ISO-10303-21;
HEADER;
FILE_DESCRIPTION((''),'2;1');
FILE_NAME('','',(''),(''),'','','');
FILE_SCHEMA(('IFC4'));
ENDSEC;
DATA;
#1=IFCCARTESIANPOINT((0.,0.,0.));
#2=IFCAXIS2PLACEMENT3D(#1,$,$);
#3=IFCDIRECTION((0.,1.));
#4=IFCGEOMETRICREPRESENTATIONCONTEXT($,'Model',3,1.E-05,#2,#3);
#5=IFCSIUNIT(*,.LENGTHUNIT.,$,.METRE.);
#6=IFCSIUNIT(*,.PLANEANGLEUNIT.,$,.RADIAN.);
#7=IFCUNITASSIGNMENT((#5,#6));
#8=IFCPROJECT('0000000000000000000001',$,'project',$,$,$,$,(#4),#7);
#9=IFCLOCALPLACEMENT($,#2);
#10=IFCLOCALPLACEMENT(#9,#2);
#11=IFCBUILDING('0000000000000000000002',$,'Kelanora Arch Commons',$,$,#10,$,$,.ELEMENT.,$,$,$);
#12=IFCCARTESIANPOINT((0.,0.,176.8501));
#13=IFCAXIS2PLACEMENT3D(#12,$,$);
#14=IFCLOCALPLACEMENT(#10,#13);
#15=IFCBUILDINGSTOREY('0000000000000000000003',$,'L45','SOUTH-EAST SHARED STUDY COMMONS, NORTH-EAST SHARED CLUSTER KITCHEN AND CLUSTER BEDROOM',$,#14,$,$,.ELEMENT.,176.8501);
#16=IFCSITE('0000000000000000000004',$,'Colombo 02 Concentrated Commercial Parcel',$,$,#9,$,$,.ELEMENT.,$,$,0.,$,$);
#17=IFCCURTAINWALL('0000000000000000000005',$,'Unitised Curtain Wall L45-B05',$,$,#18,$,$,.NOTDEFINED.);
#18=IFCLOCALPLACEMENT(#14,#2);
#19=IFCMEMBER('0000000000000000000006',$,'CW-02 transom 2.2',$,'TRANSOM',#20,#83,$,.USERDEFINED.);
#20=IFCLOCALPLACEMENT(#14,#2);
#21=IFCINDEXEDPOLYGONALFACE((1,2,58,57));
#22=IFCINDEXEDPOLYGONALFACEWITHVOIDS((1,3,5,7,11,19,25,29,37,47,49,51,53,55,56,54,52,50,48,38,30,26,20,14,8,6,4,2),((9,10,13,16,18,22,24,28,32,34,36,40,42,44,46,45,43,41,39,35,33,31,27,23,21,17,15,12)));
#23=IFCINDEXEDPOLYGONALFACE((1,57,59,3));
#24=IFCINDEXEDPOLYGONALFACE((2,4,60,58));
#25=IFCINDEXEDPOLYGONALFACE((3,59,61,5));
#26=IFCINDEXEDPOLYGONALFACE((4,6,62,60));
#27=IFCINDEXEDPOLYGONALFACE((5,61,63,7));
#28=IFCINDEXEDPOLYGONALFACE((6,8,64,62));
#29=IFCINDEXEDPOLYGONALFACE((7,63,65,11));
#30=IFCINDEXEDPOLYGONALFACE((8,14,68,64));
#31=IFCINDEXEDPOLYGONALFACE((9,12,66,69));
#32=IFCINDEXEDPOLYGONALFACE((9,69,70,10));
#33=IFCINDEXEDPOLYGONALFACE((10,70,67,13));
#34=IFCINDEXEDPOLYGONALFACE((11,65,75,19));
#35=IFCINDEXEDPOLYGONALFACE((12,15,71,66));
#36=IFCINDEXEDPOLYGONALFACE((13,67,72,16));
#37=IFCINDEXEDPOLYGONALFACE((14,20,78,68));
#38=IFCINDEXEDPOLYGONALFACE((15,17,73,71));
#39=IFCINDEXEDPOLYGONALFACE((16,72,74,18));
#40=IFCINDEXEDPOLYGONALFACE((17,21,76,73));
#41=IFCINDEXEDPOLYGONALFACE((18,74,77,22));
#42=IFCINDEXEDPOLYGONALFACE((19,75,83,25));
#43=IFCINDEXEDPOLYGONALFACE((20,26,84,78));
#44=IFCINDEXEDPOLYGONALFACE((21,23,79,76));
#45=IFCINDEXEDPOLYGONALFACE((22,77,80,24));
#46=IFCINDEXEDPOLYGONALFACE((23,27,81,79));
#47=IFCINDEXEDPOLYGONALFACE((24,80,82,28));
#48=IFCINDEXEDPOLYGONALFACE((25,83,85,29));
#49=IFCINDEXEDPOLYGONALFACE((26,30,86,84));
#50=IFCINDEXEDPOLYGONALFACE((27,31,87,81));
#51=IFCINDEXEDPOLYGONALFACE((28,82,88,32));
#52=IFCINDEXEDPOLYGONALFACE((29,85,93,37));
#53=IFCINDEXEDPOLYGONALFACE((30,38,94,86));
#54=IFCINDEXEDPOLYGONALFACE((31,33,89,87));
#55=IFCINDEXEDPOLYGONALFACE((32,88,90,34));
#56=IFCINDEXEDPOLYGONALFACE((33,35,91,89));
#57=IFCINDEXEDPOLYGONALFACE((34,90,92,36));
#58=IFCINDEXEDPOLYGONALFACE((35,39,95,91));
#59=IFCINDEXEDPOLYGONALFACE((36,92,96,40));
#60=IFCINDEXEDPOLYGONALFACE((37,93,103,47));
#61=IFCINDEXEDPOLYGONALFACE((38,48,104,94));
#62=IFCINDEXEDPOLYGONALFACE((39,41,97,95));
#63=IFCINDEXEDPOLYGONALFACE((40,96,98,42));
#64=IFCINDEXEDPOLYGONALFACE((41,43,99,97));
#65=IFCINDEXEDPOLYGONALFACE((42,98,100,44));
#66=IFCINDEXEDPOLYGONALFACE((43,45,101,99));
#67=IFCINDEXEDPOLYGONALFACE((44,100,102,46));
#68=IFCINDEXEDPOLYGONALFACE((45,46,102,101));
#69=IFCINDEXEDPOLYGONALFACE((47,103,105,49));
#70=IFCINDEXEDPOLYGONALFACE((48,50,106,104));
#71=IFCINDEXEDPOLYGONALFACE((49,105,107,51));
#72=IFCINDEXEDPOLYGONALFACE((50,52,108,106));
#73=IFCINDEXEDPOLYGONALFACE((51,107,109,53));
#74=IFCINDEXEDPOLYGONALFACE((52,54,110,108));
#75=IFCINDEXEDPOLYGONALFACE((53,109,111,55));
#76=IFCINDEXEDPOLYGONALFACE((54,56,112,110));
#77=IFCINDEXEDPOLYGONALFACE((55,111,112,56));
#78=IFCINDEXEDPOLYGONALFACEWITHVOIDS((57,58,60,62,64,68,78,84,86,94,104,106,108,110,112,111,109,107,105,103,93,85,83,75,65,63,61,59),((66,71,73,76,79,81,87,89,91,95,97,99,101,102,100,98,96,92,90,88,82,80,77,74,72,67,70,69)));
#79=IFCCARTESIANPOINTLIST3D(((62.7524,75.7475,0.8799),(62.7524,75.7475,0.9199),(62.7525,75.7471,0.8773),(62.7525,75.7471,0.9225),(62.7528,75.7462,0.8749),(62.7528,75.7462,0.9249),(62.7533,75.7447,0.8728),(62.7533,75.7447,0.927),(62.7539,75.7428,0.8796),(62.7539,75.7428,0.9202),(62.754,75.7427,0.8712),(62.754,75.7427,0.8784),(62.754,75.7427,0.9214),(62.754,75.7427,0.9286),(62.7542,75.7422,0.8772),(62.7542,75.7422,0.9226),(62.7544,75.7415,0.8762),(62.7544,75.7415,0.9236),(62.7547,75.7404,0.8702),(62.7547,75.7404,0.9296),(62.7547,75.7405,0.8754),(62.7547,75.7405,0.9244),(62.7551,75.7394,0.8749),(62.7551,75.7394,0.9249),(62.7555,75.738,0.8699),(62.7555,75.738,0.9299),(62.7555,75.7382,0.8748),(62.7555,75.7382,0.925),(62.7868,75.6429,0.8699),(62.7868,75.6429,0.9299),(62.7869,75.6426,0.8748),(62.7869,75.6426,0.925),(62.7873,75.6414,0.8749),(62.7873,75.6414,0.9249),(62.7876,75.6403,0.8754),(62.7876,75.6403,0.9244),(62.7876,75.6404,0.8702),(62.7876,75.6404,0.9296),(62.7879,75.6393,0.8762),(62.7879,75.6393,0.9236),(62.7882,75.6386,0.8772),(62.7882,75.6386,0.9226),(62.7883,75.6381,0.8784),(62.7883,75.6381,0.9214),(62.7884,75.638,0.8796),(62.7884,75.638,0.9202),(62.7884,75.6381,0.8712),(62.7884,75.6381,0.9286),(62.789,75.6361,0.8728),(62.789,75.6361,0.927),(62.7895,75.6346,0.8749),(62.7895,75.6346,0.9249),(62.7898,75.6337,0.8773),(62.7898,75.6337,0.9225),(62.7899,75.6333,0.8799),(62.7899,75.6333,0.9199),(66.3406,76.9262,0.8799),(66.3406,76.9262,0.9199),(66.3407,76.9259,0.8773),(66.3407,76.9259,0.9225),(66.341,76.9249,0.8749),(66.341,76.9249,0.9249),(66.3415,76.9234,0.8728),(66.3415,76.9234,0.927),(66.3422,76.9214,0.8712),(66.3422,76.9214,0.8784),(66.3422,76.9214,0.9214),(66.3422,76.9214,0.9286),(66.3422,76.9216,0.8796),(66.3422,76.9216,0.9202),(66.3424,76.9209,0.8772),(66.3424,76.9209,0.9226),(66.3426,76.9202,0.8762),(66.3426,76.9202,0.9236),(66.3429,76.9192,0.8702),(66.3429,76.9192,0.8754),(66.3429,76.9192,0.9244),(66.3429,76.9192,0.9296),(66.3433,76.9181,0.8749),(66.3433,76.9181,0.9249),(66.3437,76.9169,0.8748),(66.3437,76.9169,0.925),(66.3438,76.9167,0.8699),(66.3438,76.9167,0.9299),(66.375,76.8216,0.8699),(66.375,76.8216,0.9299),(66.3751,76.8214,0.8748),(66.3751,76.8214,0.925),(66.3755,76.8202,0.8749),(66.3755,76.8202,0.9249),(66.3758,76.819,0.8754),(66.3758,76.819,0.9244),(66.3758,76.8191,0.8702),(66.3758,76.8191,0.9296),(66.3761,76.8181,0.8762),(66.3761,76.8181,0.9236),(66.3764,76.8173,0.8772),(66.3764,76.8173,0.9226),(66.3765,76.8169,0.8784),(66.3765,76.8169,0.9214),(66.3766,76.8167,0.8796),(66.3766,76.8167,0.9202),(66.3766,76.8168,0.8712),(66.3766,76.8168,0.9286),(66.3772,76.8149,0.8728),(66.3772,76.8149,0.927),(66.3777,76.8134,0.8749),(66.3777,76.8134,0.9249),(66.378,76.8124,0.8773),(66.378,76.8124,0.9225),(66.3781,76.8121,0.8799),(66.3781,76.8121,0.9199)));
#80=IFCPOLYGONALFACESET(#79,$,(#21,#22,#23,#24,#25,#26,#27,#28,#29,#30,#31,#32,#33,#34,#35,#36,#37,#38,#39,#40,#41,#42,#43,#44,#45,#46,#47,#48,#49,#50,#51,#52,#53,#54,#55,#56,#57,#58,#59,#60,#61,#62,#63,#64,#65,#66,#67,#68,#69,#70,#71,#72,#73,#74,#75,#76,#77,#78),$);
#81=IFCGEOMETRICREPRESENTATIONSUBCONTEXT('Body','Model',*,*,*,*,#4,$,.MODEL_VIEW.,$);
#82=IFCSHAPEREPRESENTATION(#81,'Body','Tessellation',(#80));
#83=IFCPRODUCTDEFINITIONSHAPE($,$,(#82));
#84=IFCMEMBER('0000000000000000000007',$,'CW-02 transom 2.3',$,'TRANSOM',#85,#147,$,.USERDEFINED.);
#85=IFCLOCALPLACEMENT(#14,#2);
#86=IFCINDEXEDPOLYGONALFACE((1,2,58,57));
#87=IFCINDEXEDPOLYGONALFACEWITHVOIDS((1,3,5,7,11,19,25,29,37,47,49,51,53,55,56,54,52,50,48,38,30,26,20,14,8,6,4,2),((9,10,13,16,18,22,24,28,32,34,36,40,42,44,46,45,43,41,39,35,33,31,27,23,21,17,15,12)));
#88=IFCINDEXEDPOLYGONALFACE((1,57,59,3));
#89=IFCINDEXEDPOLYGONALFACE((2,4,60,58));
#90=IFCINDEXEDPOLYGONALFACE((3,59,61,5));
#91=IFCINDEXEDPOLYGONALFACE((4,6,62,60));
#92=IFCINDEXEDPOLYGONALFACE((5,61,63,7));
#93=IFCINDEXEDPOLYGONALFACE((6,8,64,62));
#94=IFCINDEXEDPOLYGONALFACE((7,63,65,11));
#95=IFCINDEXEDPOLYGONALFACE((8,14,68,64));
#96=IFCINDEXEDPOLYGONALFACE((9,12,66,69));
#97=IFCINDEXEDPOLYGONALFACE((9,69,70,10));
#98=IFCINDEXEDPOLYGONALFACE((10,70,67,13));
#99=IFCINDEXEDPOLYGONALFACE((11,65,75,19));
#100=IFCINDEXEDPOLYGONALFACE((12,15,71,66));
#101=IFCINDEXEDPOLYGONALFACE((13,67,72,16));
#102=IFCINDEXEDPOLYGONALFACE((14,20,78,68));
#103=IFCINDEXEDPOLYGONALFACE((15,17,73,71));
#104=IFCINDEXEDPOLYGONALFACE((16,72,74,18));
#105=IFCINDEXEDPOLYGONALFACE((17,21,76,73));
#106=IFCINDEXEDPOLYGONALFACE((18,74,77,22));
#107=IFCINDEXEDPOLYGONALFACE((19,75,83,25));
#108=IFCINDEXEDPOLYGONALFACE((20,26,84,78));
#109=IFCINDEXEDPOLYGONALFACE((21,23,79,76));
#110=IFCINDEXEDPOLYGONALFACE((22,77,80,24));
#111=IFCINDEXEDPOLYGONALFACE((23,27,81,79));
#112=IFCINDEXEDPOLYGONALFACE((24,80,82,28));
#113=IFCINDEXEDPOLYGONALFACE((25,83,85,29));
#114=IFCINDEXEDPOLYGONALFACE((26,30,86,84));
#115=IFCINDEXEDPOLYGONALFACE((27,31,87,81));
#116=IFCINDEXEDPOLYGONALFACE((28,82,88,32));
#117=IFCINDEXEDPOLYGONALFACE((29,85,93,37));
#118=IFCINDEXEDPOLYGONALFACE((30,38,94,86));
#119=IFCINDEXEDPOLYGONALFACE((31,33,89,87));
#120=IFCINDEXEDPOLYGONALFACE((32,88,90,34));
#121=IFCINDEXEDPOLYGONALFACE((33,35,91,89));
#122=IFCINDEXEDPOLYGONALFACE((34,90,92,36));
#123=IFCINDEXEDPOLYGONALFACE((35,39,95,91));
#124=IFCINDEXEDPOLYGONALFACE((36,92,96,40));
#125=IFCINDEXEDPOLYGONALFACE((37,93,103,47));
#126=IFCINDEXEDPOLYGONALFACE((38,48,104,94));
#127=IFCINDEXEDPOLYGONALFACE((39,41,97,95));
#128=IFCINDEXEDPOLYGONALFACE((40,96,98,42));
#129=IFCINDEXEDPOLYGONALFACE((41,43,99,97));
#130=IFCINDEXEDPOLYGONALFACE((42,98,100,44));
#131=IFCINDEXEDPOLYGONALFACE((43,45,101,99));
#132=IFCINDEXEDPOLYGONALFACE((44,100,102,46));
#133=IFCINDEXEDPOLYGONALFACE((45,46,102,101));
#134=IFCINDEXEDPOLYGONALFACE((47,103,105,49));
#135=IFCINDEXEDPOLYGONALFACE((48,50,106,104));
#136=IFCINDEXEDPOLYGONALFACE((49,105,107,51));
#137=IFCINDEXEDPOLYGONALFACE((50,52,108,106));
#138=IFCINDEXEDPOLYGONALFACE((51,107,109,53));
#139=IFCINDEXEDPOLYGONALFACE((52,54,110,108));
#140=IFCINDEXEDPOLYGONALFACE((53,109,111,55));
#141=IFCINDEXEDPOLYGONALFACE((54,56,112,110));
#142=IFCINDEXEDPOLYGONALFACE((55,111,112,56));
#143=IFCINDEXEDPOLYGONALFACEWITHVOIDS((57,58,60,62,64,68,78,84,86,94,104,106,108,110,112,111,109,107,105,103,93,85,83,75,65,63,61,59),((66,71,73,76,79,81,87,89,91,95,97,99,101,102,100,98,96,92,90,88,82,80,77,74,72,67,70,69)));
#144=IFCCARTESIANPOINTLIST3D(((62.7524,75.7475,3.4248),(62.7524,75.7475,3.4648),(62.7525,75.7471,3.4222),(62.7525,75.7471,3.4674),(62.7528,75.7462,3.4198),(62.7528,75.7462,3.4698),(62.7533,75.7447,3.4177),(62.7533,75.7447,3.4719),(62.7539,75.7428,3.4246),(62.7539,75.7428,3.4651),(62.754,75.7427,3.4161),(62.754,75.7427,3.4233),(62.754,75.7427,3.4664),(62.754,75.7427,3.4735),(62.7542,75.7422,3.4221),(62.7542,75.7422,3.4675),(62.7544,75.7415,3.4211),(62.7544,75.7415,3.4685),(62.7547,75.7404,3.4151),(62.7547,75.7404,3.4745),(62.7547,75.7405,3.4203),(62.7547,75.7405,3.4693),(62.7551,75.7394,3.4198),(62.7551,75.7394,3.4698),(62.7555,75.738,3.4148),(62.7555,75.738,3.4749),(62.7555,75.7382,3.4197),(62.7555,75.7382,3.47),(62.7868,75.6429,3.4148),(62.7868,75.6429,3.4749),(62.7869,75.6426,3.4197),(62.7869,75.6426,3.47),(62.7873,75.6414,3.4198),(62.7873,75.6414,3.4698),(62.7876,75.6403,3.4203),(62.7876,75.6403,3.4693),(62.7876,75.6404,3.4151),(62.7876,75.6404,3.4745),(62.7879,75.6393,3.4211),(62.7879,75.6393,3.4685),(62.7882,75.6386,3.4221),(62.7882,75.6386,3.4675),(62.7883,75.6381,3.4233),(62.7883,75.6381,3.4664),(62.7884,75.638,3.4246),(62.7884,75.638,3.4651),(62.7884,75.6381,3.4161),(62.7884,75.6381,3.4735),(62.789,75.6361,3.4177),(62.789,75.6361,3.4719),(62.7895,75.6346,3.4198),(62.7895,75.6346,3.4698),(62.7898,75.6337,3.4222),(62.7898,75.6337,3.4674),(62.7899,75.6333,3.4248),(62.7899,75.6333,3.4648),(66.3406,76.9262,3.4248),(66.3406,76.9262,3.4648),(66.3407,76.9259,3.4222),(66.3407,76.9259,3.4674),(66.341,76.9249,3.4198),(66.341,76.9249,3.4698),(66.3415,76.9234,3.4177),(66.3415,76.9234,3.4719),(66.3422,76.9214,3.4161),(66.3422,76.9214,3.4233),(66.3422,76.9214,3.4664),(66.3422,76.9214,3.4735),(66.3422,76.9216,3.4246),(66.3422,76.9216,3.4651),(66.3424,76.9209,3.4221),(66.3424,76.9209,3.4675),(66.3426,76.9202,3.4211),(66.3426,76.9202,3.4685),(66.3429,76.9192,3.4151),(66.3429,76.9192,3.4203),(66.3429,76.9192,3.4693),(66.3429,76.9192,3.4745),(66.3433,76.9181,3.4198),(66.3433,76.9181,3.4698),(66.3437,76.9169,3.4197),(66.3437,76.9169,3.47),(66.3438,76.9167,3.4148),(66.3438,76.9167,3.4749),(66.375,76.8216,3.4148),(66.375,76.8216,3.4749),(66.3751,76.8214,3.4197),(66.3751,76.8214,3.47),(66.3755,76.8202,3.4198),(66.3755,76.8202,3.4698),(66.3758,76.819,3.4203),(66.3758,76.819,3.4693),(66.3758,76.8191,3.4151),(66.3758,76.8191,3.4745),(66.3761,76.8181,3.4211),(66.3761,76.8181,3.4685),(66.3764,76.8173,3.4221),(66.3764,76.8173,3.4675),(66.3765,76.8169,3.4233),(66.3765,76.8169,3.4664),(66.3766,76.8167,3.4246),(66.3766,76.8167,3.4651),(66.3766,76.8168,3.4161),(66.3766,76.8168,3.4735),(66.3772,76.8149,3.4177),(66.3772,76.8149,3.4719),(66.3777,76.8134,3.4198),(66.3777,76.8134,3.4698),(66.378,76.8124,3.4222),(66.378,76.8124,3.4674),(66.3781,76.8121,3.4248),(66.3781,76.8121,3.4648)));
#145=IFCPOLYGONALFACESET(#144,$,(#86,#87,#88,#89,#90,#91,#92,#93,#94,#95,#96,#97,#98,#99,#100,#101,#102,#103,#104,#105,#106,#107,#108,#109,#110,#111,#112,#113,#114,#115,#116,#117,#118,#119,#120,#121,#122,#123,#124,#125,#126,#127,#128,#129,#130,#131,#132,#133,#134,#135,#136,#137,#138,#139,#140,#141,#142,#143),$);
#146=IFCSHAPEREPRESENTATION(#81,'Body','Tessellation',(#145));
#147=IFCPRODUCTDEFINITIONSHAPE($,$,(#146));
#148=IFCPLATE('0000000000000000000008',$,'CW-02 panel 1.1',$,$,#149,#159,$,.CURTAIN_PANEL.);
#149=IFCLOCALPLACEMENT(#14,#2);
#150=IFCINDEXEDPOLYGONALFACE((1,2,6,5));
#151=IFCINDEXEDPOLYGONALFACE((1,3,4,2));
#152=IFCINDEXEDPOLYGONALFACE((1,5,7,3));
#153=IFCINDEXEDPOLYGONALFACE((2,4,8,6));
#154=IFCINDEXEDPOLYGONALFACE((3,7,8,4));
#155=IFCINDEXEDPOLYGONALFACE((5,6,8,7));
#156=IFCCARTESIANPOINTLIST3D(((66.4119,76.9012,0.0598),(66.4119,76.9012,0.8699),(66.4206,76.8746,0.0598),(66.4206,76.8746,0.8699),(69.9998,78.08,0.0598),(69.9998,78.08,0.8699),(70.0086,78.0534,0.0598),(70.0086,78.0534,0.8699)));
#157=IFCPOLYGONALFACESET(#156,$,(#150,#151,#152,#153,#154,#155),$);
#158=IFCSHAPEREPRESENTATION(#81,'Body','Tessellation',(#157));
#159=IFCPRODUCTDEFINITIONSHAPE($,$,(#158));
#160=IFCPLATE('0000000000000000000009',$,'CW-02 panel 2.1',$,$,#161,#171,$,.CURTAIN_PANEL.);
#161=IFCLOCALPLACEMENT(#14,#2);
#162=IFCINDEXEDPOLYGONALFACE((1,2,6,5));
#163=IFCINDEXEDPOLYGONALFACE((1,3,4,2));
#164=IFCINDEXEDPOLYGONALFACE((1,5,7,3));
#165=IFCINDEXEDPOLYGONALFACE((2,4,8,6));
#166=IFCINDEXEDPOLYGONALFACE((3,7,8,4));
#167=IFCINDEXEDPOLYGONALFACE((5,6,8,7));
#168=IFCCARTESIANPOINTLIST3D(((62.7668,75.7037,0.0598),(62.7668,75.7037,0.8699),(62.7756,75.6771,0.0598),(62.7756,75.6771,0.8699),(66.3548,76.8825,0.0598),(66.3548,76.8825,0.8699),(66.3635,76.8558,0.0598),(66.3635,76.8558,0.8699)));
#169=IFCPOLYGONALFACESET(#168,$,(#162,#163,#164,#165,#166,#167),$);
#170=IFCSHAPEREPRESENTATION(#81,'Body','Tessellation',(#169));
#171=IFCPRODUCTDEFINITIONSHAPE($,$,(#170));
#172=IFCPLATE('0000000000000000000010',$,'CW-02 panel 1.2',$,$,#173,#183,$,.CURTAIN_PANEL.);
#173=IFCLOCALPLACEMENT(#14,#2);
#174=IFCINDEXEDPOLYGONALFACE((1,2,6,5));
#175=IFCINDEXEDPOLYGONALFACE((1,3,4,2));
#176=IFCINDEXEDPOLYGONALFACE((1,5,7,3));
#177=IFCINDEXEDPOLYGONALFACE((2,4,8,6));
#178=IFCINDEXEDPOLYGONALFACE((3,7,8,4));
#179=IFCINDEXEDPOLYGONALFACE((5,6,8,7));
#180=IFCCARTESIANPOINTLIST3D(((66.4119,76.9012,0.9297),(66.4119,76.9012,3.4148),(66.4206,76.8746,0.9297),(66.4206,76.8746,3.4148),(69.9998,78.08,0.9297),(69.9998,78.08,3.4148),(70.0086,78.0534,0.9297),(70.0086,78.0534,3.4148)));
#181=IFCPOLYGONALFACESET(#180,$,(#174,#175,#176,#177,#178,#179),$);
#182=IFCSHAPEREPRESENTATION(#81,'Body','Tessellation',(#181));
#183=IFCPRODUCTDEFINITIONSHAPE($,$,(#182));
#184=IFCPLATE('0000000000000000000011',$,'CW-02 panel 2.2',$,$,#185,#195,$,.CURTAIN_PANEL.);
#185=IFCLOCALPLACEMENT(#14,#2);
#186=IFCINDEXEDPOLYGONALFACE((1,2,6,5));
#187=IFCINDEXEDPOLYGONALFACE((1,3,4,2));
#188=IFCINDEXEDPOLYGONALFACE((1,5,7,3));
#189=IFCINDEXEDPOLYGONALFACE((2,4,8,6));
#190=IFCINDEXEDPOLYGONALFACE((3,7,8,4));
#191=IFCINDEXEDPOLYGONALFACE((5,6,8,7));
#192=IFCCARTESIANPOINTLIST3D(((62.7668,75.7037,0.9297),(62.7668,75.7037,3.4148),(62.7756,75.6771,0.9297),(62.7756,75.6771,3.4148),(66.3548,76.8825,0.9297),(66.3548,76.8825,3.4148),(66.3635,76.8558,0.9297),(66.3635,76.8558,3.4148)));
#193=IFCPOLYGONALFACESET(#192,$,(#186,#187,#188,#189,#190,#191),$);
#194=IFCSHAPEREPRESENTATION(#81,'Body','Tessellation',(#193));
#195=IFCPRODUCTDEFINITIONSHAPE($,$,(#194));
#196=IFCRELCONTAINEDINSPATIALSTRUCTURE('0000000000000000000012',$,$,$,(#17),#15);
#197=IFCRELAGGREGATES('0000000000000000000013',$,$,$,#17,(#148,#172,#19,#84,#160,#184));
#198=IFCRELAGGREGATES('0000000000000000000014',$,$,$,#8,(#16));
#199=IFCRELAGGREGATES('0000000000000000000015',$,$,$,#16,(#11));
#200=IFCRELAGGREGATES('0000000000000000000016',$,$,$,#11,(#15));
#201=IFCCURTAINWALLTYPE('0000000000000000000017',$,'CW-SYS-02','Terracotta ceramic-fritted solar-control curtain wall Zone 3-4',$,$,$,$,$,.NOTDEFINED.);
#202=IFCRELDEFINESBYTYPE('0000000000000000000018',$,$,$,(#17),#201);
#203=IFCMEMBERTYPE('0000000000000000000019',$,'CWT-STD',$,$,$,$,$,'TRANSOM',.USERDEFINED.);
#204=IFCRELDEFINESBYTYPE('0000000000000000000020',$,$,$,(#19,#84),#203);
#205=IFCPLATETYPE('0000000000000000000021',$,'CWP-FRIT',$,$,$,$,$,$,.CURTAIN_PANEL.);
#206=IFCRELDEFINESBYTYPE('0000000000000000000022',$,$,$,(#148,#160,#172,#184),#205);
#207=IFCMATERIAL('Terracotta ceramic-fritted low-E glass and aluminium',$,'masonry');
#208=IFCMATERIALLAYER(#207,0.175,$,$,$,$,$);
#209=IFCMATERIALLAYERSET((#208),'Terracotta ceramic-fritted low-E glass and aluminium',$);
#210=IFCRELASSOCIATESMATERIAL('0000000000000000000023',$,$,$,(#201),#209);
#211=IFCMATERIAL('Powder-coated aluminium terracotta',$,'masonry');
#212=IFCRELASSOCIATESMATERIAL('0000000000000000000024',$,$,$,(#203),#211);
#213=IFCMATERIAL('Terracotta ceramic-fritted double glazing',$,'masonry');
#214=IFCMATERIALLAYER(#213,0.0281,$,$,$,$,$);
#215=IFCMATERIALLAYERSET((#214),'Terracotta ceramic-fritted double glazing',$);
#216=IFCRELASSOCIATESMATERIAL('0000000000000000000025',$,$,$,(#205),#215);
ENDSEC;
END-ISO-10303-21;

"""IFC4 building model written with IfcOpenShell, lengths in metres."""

from ifc_helpers import new_model, si_unit, direction, frame, origin, origin_2d, place, context, subcontext, project, spatial, rectangle, hollow_rectangle, extrude, source, transform, mapped, material, layer, layer_set, material_profile, profile_set, type_object, element, aggregate, save


model = new_model("IFC4")

# Units and contexts
model_context = context("Model", 3, precision=1e-05, world=origin(), true_north=direction((0.0, 1.0)))
body_context = subcontext(model_context, "Body", "Model", "MODEL_VIEW")
ifc_project = project(units=[si_unit("LENGTHUNIT", "METRE"), si_unit("PLANEANGLEUNIT", "RADIAN")], contexts=[model_context])

# Site, building, storey
site_placement = place(None, origin())
site = spatial("IfcSite", under=ifc_project, at=site_placement, Name="Colombo 02 Concentrated Commercial Parcel", CompositionType="ELEMENT", RefElevation=0.0)
building_placement = place(site_placement, origin())
building = spatial("IfcBuilding", under=site, at=building_placement, Name="Kelanora Arch Commons", CompositionType="ELEMENT")
storey_placement = place(building_placement, frame((0.0, 0.0, 176.8501)))
storey = spatial("IfcBuildingStorey", under=building, at=storey_placement, Name="L45", Description="SOUTH-EAST SHARED STUDY COMMONS, NORTH-EAST SHARED CLUSTER KITCHEN AND CLUSTER BEDROOM", CompositionType="ELEMENT", Elevation=176.8501)

# Curtain wall, members, plates
ifc_material_1 = material(Name="Terracotta ceramic-fritted low-E glass and aluminium", Category="masonry")
ifc_layer_1 = layer(ifc_material_1, 0.175)
ifc_layer_set_1 = layer_set([ifc_layer_1], Name="Terracotta ceramic-fritted low-E glass and aluminium")
curtain_wall_type = type_object("IfcCurtainWallType", Name="CW-SYS-02", Description="Terracotta ceramic-fritted solar-control curtain wall Zone 3-4", PredefinedType="NOTDEFINED", material=ifc_layer_set_1)
curtain_wall_placement = place(storey_placement, origin())
curtain_wall = element("IfcCurtainWall", 1, at=curtain_wall_placement, inside=storey, type_object=curtain_wall_type, Name="Unitised Curtain Wall L45-B05", PredefinedType="NOTDEFINED")
ifc_material_2 = material(Name="Powder-coated aluminium terracotta", Category="masonry")
ifc_material_profile_1 = material_profile(ifc_material_2, hollow_rectangle(XDim=0.1201, YDim=0.0601, WallThickness=0.0049, InnerFilletRadius=0.0049, OuterFilletRadius=0.01, at=origin_2d()), Name="CWT120x60")
ifc_profile_set_1 = profile_set([ifc_material_profile_1], Name="Powder-coated aluminium terracotta")
member_type_1 = type_object("IfcMemberType", Name="CWT-STD", ElementType="TRANSOM", PredefinedType="USERDEFINED", material=ifc_profile_set_1)
member_1_placement = place(storey_placement, frame((66.3594, 76.8691, 0.8999), z_axis=(-0.950051, -0.312094, 0.0), x_axis=(0.312094, -0.950051, 0.0)))
member_1 = element("IfcMember", 2, at=member_1_placement, type_object=member_type_1, Name="CW-02 transom 2.2", ObjectType="TRANSOM", PredefinedType="USERDEFINED", context=body_context, shape_type="SweptSolid", body=[
    extrude(hollow_rectangle(XDim=0.1201, YDim=0.0601, WallThickness=0.0049, InnerFilletRadius=0.0049, OuterFilletRadius=0.01, at=origin_2d()), origin(), (0.0, 0.0, 1.0), 3.7769),
])
member_2_placement = place(storey_placement, frame((66.3594, 76.8691, 3.4448), z_axis=(-0.950051, -0.312094, 0.0), x_axis=(0.312094, -0.950051, 0.0)))
member_2 = element("IfcMember", 3, at=member_2_placement, type_object=member_type_1, Name="CW-02 transom 2.3", ObjectType="TRANSOM", PredefinedType="USERDEFINED", context=body_context, shape_type="SweptSolid", body=[
    extrude(hollow_rectangle(XDim=0.1201, YDim=0.0601, WallThickness=0.0049, InnerFilletRadius=0.0049, OuterFilletRadius=0.01, at=origin_2d()), origin(), (0.0, 0.0, 1.0), 3.7769),
])
ifc_material_3 = material(Name="Terracotta ceramic-fritted double glazing", Category="masonry")
ifc_layer_2 = layer(ifc_material_3, 0.0281)
ifc_layer_set_2 = layer_set([ifc_layer_2], Name="Terracotta ceramic-fritted double glazing")
plate_type = type_object("IfcPlateType", Name="CWP-FRIT", PredefinedType="CURTAIN_PANEL", material=ifc_layer_set_2)
shared_shape_1 = source(origin(), body_context, "Body", "SweptSolid", [
    extrude(rectangle(XDim=3.7766, YDim=0.0281, at=origin_2d()), origin(), (0.0, 0.0, 1.0), 0.8101),
])
plate_1_placement = place(storey_placement, frame((68.2102, 77.4773, 0.0598), z_axis=(0.0, 0.0, 1.0), x_axis=(-0.95004, -0.312128, 0.0)))
plate_1 = element("IfcPlate", 4, at=plate_1_placement, type_object=plate_type, Name="CW-02 panel 1.1", PredefinedType="CURTAIN_PANEL", context=body_context, shape_type="MappedRepresentation", body=[
    mapped(shared_shape_1, transform((0.0, 0.0, 0.0), scale=1.0)),
])
plate_2_placement = place(storey_placement, frame((64.5652, 76.2798, 0.0598), z_axis=(0.0, 0.0, 1.0), x_axis=(-0.95004, -0.312128, 0.0)))
plate_2 = element("IfcPlate", 5, at=plate_2_placement, type_object=plate_type, Name="CW-02 panel 2.1", PredefinedType="CURTAIN_PANEL", context=body_context, shape_type="MappedRepresentation", body=[
    mapped(shared_shape_1, transform((0.0, 0.0, 0.0), scale=1.0)),
])
shared_shape_2 = source(origin(), body_context, "Body", "SweptSolid", [
    extrude(rectangle(XDim=3.7766, YDim=0.0281, at=origin_2d()), origin(), (0.0, 0.0, 1.0), 2.4851),
])
plate_3_placement = place(storey_placement, frame((68.2102, 77.4773, 0.9297), z_axis=(0.0, 0.0, 1.0), x_axis=(-0.95004, -0.312128, 0.0)))
plate_3 = element("IfcPlate", 6, at=plate_3_placement, type_object=plate_type, Name="CW-02 panel 1.2", PredefinedType="CURTAIN_PANEL", context=body_context, shape_type="MappedRepresentation", body=[
    mapped(shared_shape_2, transform((0.0, 0.0, 0.0), scale=1.0)),
])
plate_4_placement = place(storey_placement, frame((64.5652, 76.2798, 0.9297), z_axis=(0.0, 0.0, 1.0), x_axis=(-0.95004, -0.312128, 0.0)))
plate_4 = element("IfcPlate", 7, at=plate_4_placement, type_object=plate_type, Name="CW-02 panel 2.2", PredefinedType="CURTAIN_PANEL", context=body_context, shape_type="MappedRepresentation", body=[
    mapped(shared_shape_2, transform((0.0, 0.0, 0.0), scale=1.0)),
])
aggregate(curtain_wall, [plate_1, plate_3, member_1, member_2, plate_2, plate_4])

save(model, "model.ifc")
